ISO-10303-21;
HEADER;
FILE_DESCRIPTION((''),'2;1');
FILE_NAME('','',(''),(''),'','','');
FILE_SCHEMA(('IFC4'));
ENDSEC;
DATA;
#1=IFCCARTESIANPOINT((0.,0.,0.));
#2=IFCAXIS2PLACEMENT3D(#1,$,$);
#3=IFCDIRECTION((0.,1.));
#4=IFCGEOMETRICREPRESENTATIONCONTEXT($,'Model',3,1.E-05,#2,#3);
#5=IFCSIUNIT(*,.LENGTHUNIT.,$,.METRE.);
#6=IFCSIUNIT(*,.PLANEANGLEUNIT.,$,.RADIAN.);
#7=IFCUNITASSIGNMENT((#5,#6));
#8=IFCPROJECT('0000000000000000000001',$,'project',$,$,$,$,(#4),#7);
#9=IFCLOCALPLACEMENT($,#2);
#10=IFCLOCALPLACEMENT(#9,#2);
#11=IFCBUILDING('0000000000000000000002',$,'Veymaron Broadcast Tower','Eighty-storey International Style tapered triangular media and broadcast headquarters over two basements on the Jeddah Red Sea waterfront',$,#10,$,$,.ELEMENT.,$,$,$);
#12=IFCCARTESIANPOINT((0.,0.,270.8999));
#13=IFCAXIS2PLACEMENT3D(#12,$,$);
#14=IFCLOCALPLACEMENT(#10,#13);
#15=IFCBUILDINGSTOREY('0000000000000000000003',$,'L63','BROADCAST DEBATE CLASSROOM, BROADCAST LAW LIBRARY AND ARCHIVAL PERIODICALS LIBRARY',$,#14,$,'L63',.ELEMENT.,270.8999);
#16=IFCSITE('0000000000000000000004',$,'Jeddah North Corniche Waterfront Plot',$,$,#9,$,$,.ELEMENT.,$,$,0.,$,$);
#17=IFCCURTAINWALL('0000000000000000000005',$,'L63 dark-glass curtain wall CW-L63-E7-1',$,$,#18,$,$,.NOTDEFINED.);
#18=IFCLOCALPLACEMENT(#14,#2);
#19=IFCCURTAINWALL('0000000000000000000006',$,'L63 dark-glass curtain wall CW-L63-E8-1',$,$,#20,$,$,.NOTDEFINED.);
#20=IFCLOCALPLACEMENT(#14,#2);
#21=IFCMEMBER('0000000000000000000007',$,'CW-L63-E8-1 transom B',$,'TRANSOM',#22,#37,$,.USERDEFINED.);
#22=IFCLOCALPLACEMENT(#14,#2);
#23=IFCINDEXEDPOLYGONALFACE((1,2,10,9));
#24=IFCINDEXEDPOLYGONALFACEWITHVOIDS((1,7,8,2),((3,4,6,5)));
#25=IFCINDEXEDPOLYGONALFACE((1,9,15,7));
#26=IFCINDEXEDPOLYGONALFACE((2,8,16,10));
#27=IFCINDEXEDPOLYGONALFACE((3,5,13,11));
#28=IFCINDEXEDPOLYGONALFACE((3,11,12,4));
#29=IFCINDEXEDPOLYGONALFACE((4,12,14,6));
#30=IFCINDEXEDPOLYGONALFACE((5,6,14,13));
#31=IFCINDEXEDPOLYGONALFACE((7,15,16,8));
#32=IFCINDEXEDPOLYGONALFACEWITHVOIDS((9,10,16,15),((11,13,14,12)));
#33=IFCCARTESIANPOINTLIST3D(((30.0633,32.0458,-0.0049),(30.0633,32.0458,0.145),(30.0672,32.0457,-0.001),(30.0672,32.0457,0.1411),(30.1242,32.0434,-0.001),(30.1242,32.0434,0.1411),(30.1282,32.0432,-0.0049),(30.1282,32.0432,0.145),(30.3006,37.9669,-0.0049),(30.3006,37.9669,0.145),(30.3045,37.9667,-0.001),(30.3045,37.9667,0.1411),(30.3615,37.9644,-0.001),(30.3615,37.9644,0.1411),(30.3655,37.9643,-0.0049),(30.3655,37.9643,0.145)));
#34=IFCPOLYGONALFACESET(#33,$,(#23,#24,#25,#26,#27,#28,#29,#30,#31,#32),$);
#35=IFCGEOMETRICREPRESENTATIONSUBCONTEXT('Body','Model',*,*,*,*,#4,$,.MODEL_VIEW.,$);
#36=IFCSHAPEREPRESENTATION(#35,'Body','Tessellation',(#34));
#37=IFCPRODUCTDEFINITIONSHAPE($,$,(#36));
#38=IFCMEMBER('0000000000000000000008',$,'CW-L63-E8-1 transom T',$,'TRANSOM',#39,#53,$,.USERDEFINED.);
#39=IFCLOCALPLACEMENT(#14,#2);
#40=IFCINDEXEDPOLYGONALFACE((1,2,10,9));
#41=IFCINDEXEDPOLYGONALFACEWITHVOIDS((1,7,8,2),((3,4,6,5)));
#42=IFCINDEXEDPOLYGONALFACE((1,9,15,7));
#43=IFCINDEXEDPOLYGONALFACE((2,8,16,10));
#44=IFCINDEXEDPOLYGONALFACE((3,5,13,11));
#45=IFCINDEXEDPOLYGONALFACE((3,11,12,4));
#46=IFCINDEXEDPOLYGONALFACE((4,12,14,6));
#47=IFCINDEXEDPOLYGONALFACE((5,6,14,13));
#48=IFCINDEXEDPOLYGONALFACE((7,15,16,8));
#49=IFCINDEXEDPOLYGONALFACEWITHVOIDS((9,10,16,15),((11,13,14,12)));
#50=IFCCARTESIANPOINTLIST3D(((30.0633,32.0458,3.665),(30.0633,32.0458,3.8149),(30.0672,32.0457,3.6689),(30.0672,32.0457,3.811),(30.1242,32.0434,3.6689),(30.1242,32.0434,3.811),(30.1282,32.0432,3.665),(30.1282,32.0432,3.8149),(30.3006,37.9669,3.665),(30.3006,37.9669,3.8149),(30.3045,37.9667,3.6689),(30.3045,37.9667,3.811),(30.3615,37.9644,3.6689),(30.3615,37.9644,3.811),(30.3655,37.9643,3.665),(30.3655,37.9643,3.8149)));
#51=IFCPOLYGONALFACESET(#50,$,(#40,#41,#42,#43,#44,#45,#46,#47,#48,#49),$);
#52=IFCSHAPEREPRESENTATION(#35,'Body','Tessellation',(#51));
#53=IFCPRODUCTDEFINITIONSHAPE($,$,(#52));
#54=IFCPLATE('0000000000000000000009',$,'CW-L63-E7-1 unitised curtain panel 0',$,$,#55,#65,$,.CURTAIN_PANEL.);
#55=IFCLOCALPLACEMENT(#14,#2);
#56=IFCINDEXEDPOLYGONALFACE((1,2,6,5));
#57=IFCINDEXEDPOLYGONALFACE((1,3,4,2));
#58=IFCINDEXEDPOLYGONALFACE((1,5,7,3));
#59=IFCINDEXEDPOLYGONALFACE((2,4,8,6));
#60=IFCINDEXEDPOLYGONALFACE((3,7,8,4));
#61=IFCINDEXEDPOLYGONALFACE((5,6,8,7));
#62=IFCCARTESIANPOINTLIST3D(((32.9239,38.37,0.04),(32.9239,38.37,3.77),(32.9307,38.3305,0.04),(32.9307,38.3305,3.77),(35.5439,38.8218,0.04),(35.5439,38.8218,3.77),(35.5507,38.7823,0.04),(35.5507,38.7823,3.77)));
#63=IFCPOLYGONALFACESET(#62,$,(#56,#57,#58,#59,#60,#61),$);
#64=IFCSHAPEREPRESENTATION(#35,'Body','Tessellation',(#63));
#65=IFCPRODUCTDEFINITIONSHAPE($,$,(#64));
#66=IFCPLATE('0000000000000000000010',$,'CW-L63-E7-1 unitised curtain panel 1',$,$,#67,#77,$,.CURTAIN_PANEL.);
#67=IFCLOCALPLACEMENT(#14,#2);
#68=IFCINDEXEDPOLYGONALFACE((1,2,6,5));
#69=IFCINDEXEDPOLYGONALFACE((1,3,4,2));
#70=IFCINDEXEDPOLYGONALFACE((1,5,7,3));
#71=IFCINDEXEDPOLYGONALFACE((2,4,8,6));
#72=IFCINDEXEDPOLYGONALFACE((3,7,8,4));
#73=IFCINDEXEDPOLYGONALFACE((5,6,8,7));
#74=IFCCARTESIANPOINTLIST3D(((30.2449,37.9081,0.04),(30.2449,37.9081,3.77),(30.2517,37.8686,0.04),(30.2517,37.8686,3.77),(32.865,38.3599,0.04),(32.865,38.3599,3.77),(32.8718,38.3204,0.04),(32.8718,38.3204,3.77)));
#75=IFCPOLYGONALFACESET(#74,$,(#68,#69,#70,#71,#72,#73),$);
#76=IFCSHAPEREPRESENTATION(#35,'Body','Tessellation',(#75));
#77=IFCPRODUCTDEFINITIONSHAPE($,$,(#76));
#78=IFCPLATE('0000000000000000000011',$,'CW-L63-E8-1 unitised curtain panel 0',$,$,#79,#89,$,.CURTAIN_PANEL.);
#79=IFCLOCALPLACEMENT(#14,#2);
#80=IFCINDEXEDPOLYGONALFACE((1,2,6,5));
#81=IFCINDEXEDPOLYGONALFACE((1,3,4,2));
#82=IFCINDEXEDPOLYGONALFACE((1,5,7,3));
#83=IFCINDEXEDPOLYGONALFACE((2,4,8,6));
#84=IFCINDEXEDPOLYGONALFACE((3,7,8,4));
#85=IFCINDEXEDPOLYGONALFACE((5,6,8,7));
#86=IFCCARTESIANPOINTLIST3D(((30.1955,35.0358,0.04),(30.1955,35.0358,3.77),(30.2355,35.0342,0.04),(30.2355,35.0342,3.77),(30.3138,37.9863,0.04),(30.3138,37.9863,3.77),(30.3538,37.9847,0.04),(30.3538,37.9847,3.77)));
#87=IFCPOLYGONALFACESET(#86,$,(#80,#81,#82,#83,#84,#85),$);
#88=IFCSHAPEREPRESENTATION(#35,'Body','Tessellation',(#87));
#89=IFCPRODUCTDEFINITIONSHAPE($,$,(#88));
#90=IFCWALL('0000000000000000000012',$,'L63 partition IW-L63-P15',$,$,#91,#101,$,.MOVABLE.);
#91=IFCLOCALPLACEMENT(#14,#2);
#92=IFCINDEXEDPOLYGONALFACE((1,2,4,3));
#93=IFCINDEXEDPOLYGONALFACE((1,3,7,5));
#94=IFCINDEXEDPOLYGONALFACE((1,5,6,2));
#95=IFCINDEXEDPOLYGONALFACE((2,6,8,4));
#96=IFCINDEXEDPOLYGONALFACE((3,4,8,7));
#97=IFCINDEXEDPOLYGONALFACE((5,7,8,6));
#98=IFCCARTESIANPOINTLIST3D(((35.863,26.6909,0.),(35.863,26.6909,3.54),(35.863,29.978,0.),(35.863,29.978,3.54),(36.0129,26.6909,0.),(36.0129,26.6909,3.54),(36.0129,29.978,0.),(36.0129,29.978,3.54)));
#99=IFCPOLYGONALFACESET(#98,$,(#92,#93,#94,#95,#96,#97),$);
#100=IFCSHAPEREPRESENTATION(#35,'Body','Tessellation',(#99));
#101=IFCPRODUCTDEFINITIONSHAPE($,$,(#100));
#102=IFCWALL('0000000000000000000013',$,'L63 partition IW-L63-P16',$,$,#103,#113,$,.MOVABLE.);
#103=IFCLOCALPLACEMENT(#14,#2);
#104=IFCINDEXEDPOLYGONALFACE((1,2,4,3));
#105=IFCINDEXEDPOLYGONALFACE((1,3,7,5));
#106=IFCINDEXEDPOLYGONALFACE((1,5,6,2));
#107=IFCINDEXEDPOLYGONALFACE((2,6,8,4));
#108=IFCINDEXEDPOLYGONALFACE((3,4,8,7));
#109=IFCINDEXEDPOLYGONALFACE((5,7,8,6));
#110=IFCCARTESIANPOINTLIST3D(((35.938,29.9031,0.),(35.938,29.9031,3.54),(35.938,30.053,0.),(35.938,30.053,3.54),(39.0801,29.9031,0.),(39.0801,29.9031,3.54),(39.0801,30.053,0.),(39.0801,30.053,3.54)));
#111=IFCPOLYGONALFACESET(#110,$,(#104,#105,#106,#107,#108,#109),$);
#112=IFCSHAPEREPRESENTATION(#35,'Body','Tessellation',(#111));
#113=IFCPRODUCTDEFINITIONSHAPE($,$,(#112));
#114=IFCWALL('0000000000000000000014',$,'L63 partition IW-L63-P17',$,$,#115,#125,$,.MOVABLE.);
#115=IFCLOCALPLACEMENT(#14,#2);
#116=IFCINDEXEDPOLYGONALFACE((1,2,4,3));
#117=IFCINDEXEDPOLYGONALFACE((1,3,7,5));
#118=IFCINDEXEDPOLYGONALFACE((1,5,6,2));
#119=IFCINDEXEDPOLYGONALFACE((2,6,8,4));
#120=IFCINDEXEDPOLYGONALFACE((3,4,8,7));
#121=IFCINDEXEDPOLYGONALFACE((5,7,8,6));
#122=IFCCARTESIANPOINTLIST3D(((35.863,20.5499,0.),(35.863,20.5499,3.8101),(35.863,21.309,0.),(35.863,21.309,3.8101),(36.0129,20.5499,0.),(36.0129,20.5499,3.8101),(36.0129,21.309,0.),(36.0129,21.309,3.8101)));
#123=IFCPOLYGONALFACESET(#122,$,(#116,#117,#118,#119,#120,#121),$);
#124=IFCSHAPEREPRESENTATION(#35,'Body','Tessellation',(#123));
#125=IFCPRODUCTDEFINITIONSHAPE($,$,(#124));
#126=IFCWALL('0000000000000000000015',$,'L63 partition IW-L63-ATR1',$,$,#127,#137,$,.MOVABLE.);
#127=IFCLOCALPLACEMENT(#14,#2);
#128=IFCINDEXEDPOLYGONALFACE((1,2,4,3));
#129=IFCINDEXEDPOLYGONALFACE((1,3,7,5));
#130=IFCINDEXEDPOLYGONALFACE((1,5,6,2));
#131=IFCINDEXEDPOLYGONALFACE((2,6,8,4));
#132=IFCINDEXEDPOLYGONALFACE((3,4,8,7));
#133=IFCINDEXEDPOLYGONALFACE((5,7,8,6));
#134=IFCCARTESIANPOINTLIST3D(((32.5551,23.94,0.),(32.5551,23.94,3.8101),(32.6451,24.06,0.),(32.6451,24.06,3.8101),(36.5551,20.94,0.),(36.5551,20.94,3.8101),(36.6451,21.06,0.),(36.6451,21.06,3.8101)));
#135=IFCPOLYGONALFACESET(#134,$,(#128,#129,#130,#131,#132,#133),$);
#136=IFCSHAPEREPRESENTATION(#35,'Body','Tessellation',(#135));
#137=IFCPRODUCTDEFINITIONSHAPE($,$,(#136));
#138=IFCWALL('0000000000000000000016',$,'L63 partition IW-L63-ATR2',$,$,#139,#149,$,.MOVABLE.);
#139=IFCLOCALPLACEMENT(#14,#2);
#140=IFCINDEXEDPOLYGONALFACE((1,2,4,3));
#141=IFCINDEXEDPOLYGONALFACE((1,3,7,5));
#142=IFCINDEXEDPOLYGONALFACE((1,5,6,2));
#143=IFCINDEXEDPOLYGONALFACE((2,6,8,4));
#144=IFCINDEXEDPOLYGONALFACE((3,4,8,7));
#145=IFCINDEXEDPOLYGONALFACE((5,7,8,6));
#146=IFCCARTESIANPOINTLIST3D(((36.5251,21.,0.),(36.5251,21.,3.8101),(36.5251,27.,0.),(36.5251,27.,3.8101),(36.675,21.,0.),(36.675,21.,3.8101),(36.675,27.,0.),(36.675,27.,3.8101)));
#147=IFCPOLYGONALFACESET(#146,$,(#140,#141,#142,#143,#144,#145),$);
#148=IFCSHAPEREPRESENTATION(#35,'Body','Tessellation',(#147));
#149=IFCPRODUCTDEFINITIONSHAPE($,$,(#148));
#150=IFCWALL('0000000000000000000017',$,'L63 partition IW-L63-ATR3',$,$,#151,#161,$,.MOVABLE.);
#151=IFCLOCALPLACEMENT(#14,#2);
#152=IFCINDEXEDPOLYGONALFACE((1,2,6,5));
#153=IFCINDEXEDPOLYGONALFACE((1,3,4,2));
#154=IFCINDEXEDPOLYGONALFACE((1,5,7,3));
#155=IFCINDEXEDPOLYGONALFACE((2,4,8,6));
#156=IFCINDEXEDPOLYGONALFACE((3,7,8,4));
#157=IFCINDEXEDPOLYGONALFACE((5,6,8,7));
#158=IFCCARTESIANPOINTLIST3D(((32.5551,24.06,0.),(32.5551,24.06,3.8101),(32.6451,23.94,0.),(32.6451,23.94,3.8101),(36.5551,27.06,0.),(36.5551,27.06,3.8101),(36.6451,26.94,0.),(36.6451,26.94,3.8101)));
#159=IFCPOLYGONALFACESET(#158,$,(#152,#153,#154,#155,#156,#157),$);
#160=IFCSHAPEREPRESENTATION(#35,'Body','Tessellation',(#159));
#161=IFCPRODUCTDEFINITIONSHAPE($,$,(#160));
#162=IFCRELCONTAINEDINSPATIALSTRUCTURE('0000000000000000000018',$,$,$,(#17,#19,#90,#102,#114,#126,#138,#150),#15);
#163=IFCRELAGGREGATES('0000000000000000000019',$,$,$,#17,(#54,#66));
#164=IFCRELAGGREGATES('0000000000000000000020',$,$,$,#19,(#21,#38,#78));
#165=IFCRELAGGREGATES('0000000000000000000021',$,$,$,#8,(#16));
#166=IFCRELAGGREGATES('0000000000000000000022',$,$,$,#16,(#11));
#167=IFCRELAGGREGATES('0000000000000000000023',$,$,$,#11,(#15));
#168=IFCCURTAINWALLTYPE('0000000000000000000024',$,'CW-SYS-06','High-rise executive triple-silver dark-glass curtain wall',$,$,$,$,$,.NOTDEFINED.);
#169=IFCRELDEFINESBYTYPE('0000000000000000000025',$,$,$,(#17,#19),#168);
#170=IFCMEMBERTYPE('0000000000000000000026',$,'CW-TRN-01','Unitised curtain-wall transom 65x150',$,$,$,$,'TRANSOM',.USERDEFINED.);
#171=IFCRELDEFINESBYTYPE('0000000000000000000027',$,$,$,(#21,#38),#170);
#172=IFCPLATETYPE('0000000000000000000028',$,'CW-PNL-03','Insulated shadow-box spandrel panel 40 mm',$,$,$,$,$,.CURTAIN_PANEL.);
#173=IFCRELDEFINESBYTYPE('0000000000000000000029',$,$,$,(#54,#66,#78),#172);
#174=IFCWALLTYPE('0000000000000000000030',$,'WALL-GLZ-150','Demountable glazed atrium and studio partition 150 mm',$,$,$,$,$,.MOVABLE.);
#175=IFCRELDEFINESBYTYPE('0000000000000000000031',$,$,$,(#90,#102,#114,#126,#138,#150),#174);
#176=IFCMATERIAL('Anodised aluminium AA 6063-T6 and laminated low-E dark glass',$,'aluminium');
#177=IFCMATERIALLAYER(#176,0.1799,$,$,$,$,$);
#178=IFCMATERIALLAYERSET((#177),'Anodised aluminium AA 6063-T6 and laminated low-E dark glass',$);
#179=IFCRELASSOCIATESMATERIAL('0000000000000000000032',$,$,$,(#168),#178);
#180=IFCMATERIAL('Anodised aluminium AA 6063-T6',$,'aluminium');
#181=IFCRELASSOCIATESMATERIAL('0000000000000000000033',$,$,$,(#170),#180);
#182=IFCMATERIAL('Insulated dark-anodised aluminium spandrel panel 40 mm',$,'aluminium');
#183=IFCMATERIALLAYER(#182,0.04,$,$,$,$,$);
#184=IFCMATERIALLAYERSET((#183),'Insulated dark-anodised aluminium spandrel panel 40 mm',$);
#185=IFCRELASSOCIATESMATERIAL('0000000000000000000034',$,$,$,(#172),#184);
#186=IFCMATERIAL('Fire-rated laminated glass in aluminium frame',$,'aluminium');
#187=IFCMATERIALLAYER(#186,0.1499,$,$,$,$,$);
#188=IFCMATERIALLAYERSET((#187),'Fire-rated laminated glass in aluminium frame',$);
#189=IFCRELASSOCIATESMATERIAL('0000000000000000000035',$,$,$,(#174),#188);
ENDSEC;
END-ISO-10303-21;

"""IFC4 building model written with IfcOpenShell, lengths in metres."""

from ifc_helpers import new_model, si_unit, direction, frame, frame_2d, origin, origin_2d, place, context, subcontext, project, spatial, rectangle, hollow_rectangle, extrude, material, layer, layer_set, material_profile, profile_set, type_object, element, aggregate, save


model = new_model("IFC4")

# Units and contexts
model_context = context("Model", 3, precision=1e-05, world=origin(), true_north=direction((0.0, 1.0)))
body_context = subcontext(model_context, "Body", "Model", "MODEL_VIEW")
ifc_project = project(units=[si_unit("LENGTHUNIT", "METRE"), si_unit("PLANEANGLEUNIT", "RADIAN")], contexts=[model_context])

# Site, building, storey
site_placement = place(None, origin())
site = spatial("IfcSite", under=ifc_project, at=site_placement, Name="Jeddah North Corniche Waterfront Plot", CompositionType="ELEMENT", RefElevation=0.0)
building_placement = place(site_placement, origin())
building = spatial("IfcBuilding", under=site, at=building_placement, Name="Veymaron Broadcast Tower", Description="Eighty-storey International Style tapered triangular media and broadcast headquarters over two basements on the Jeddah Red Sea waterfront", CompositionType="ELEMENT")
storey_placement = place(building_placement, frame((0.0, 0.0, 270.8999)))
storey = spatial("IfcBuildingStorey", under=building, at=storey_placement, Name="L63", Description="BROADCAST DEBATE CLASSROOM, BROADCAST LAW LIBRARY AND ARCHIVAL PERIODICALS LIBRARY", LongName="L63", CompositionType="ELEMENT", Elevation=270.8999)

# Shared definitions
ifc_material_1 = material(Name="Anodised aluminium AA 6063-T6 and laminated low-E dark glass", Category="aluminium")
ifc_layer_1 = layer(ifc_material_1, 0.1799)
ifc_layer_set_1 = layer_set([ifc_layer_1], Name="Anodised aluminium AA 6063-T6 and laminated low-E dark glass")
curtain_wall_type = type_object("IfcCurtainWallType", Name="CW-SYS-06", Description="High-rise executive triple-silver dark-glass curtain wall", PredefinedType="NOTDEFINED", material=ifc_layer_set_1)
ifc_material_2 = material(Name="Anodised aluminium AA 6063-T6", Category="aluminium")

# Curtain wall
curtain_wall_1_placement = place(storey_placement, origin())
curtain_wall_1 = element("IfcCurtainWall", 1, at=curtain_wall_1_placement, inside=storey, type_object=curtain_wall_type, Name="L63 dark-glass curtain wall CW-L63-E7-1", PredefinedType="NOTDEFINED")

# Curtain wall
curtain_wall_2_placement = place(storey_placement, origin())
curtain_wall_2 = element("IfcCurtainWall", 2, at=curtain_wall_2_placement, inside=storey, type_object=curtain_wall_type, Name="L63 dark-glass curtain wall CW-L63-E8-1", PredefinedType="NOTDEFINED")

# Members
ifc_material_profile_1 = material_profile(ifc_material_2, hollow_rectangle(XDim=0.0649, YDim=0.1499, WallThickness=0.0039, at=origin_2d()), Name="AL150X65X4")
ifc_profile_set_1 = profile_set([ifc_material_profile_1], Name="Anodised aluminium AA 6063-T6")
member_type_1 = type_object("IfcMemberType", Name="CW-TRN-01", Description="Unitised curtain-wall transom 65x150", ElementType="TRANSOM", PredefinedType="USERDEFINED", material=ifc_profile_set_1)
member_1_placement = place(storey_placement, frame((30.333, 37.9656, 0.0701), z_axis=(-0.040045, -0.999198, 0.0), x_axis=(0.999198, -0.040045, 0.0)))
member_1 = element("IfcMember", 3, at=member_1_placement, type_object=member_type_1, Name="CW-L63-E8-1 transom B", ObjectType="TRANSOM", PredefinedType="USERDEFINED", context=body_context, shape_type="SweptSolid", body=[
    extrude(hollow_rectangle(XDim=0.0649, YDim=0.1499, WallThickness=0.0039, at=origin_2d()), origin(), (0.0, 0.0, 1.0), 5.9258),
])
member_2_placement = place(storey_placement, frame((30.333, 37.9656, 3.74), z_axis=(-0.040045, -0.999198, 0.0), x_axis=(0.999198, -0.040045, 0.0)))
member_2 = element("IfcMember", 4, at=member_2_placement, type_object=member_type_1, Name="CW-L63-E8-1 transom T", ObjectType="TRANSOM", PredefinedType="USERDEFINED", context=body_context, shape_type="SweptSolid", body=[
    extrude(hollow_rectangle(XDim=0.0649, YDim=0.1499, WallThickness=0.0039, at=origin_2d()), origin(), (0.0, 0.0, 1.0), 5.9258),
])

# Plates
ifc_material_3 = material(Name="Insulated dark-anodised aluminium spandrel panel 40 mm", Category="aluminium")
ifc_layer_2 = layer(ifc_material_3, 0.04)
ifc_layer_set_2 = layer_set([ifc_layer_2], Name="Insulated dark-anodised aluminium spandrel panel 40 mm")
plate_type = type_object("IfcPlateType", Name="CW-PNL-03", Description="Insulated shadow-box spandrel panel 40 mm", PredefinedType="CURTAIN_PANEL", material=ifc_layer_set_2)
plate_1_placement = place(storey_placement, frame((34.2373, 38.5762, 0.04), z_axis=(0.0, 0.0, 1.0), x_axis=(-0.985455, -0.169934, 0.0)))
plate_1 = element("IfcPlate", 5, at=plate_1_placement, type_object=plate_type, Name="CW-L63-E7-1 unitised curtain panel 0", PredefinedType="CURTAIN_PANEL", context=body_context, shape_type="SweptSolid", body=[
    extrude(rectangle(XDim=2.6587, YDim=0.04, at=origin_2d()), origin(), (0.0, 0.0, 1.0), 3.73),
])
plate_2_placement = place(storey_placement, frame((31.5583, 38.1143, 0.04), z_axis=(0.0, 0.0, 1.0), x_axis=(-0.985455, -0.169934, 0.0)))
plate_2 = element("IfcPlate", 6, at=plate_2_placement, type_object=plate_type, Name="CW-L63-E7-1 unitised curtain panel 1", PredefinedType="CURTAIN_PANEL", context=body_context, shape_type="SweptSolid", body=[
    extrude(rectangle(XDim=2.6587, YDim=0.04, at=origin_2d()), origin(), (0.0, 0.0, 1.0), 3.73),
])
aggregate(curtain_wall_1, [plate_1, plate_2])
plate_3_placement = place(storey_placement, frame((30.2747, 36.5103, 0.04), z_axis=(0.0, 0.0, 1.0), x_axis=(-0.040045, -0.999198, 0.0)))
plate_3 = element("IfcPlate", 7, at=plate_3_placement, type_object=plate_type, Name="CW-L63-E8-1 unitised curtain panel 0", PredefinedType="CURTAIN_PANEL", context=body_context, shape_type="SweptSolid", body=[
    extrude(rectangle(XDim=2.9529, YDim=0.04, at=origin_2d()), origin(), (0.0, 0.0, 1.0), 3.73),
])
aggregate(curtain_wall_2, [member_1, member_2, plate_3])

# Walls
ifc_material_4 = material(Name="Fire-rated laminated glass in aluminium frame", Category="aluminium")
ifc_layer_3 = layer(ifc_material_4, 0.1499)
ifc_layer_set_3 = layer_set([ifc_layer_3], Name="Fire-rated laminated glass in aluminium frame")
wall_type = type_object("IfcWallType", Name="WALL-GLZ-150", Description="Demountable glazed atrium and studio partition 150 mm", PredefinedType="MOVABLE", material=ifc_layer_set_3)
wall_1_placement = place(storey_placement, frame((35.938, 26.6909, 0.0), z_axis=(0.0, 0.0, 1.0), x_axis=(0.0, 1.0, 0.0)))
element("IfcWall", 8, at=wall_1_placement, inside=storey, type_object=wall_type, Name="L63 partition IW-L63-P15", PredefinedType="MOVABLE", context=body_context, shape_type="SweptSolid", body=[
    extrude(rectangle(XDim=3.2871, YDim=0.1499, at=frame_2d((1.6436, 0.0))), origin(), (0.0, 0.0, 1.0), 3.54),
])
wall_2_placement = place(storey_placement, frame((35.938, 29.978, 0.0), z_axis=(0.0, 0.0, 1.0), x_axis=(1.0, 0.0, 0.0)))
element("IfcWall", 9, at=wall_2_placement, inside=storey, type_object=wall_type, Name="L63 partition IW-L63-P16", PredefinedType="MOVABLE", context=body_context, shape_type="SweptSolid", body=[
    extrude(rectangle(XDim=3.1421, YDim=0.1499, at=frame_2d((1.571, 0.0))), origin(), (0.0, 0.0, 1.0), 3.54),
])
wall_3_placement = place(storey_placement, frame((35.938, 20.55, 0.0), z_axis=(0.0, 0.0, 1.0), x_axis=(0.0, 1.0, 0.0)))
element("IfcWall", 10, at=wall_3_placement, inside=storey, type_object=wall_type, Name="L63 partition IW-L63-P17", PredefinedType="MOVABLE", context=body_context, shape_type="SweptSolid", body=[
    extrude(rectangle(XDim=0.759, YDim=0.1499, at=frame_2d((0.3794, 0.0))), origin(), (0.0, 0.0, 1.0), 3.8101),
])
wall_4_placement = place(storey_placement, frame((32.6001, 24.0, 0.0), z_axis=(0.0, 0.0, 1.0), x_axis=(0.8, -0.6, 0.0)))
element("IfcWall", 11, at=wall_4_placement, inside=storey, type_object=wall_type, Name="L63 partition IW-L63-ATR1", PredefinedType="MOVABLE", context=body_context, shape_type="SweptSolid", body=[
    extrude(rectangle(XDim=5.0, YDim=0.1499, at=frame_2d((2.5, 0.0))), origin(), (0.0, 0.0, 1.0), 3.8101),
])
wall_5_placement = place(storey_placement, frame((36.6001, 21.0, 0.0), z_axis=(0.0, 0.0, 1.0), x_axis=(0.0, 1.0, 0.0)))
element("IfcWall", 12, at=wall_5_placement, inside=storey, type_object=wall_type, Name="L63 partition IW-L63-ATR2", PredefinedType="MOVABLE", context=body_context, shape_type="SweptSolid", body=[
    extrude(rectangle(XDim=6.0, YDim=0.1499, at=frame_2d((3.0, 0.0))), origin(), (0.0, 0.0, 1.0), 3.8101),
])
wall_6_placement = place(storey_placement, frame((36.6001, 27.0, 0.0), z_axis=(0.0, 0.0, 1.0), x_axis=(-0.8, -0.6, 0.0)))
element("IfcWall", 13, at=wall_6_placement, inside=storey, type_object=wall_type, Name="L63 partition IW-L63-ATR3", PredefinedType="MOVABLE", context=body_context, shape_type="SweptSolid", body=[
    extrude(rectangle(XDim=5.0, YDim=0.1499, at=frame_2d((2.5, 0.0))), origin(), (0.0, 0.0, 1.0), 3.8101),
])

save(model, "model.ifc")
